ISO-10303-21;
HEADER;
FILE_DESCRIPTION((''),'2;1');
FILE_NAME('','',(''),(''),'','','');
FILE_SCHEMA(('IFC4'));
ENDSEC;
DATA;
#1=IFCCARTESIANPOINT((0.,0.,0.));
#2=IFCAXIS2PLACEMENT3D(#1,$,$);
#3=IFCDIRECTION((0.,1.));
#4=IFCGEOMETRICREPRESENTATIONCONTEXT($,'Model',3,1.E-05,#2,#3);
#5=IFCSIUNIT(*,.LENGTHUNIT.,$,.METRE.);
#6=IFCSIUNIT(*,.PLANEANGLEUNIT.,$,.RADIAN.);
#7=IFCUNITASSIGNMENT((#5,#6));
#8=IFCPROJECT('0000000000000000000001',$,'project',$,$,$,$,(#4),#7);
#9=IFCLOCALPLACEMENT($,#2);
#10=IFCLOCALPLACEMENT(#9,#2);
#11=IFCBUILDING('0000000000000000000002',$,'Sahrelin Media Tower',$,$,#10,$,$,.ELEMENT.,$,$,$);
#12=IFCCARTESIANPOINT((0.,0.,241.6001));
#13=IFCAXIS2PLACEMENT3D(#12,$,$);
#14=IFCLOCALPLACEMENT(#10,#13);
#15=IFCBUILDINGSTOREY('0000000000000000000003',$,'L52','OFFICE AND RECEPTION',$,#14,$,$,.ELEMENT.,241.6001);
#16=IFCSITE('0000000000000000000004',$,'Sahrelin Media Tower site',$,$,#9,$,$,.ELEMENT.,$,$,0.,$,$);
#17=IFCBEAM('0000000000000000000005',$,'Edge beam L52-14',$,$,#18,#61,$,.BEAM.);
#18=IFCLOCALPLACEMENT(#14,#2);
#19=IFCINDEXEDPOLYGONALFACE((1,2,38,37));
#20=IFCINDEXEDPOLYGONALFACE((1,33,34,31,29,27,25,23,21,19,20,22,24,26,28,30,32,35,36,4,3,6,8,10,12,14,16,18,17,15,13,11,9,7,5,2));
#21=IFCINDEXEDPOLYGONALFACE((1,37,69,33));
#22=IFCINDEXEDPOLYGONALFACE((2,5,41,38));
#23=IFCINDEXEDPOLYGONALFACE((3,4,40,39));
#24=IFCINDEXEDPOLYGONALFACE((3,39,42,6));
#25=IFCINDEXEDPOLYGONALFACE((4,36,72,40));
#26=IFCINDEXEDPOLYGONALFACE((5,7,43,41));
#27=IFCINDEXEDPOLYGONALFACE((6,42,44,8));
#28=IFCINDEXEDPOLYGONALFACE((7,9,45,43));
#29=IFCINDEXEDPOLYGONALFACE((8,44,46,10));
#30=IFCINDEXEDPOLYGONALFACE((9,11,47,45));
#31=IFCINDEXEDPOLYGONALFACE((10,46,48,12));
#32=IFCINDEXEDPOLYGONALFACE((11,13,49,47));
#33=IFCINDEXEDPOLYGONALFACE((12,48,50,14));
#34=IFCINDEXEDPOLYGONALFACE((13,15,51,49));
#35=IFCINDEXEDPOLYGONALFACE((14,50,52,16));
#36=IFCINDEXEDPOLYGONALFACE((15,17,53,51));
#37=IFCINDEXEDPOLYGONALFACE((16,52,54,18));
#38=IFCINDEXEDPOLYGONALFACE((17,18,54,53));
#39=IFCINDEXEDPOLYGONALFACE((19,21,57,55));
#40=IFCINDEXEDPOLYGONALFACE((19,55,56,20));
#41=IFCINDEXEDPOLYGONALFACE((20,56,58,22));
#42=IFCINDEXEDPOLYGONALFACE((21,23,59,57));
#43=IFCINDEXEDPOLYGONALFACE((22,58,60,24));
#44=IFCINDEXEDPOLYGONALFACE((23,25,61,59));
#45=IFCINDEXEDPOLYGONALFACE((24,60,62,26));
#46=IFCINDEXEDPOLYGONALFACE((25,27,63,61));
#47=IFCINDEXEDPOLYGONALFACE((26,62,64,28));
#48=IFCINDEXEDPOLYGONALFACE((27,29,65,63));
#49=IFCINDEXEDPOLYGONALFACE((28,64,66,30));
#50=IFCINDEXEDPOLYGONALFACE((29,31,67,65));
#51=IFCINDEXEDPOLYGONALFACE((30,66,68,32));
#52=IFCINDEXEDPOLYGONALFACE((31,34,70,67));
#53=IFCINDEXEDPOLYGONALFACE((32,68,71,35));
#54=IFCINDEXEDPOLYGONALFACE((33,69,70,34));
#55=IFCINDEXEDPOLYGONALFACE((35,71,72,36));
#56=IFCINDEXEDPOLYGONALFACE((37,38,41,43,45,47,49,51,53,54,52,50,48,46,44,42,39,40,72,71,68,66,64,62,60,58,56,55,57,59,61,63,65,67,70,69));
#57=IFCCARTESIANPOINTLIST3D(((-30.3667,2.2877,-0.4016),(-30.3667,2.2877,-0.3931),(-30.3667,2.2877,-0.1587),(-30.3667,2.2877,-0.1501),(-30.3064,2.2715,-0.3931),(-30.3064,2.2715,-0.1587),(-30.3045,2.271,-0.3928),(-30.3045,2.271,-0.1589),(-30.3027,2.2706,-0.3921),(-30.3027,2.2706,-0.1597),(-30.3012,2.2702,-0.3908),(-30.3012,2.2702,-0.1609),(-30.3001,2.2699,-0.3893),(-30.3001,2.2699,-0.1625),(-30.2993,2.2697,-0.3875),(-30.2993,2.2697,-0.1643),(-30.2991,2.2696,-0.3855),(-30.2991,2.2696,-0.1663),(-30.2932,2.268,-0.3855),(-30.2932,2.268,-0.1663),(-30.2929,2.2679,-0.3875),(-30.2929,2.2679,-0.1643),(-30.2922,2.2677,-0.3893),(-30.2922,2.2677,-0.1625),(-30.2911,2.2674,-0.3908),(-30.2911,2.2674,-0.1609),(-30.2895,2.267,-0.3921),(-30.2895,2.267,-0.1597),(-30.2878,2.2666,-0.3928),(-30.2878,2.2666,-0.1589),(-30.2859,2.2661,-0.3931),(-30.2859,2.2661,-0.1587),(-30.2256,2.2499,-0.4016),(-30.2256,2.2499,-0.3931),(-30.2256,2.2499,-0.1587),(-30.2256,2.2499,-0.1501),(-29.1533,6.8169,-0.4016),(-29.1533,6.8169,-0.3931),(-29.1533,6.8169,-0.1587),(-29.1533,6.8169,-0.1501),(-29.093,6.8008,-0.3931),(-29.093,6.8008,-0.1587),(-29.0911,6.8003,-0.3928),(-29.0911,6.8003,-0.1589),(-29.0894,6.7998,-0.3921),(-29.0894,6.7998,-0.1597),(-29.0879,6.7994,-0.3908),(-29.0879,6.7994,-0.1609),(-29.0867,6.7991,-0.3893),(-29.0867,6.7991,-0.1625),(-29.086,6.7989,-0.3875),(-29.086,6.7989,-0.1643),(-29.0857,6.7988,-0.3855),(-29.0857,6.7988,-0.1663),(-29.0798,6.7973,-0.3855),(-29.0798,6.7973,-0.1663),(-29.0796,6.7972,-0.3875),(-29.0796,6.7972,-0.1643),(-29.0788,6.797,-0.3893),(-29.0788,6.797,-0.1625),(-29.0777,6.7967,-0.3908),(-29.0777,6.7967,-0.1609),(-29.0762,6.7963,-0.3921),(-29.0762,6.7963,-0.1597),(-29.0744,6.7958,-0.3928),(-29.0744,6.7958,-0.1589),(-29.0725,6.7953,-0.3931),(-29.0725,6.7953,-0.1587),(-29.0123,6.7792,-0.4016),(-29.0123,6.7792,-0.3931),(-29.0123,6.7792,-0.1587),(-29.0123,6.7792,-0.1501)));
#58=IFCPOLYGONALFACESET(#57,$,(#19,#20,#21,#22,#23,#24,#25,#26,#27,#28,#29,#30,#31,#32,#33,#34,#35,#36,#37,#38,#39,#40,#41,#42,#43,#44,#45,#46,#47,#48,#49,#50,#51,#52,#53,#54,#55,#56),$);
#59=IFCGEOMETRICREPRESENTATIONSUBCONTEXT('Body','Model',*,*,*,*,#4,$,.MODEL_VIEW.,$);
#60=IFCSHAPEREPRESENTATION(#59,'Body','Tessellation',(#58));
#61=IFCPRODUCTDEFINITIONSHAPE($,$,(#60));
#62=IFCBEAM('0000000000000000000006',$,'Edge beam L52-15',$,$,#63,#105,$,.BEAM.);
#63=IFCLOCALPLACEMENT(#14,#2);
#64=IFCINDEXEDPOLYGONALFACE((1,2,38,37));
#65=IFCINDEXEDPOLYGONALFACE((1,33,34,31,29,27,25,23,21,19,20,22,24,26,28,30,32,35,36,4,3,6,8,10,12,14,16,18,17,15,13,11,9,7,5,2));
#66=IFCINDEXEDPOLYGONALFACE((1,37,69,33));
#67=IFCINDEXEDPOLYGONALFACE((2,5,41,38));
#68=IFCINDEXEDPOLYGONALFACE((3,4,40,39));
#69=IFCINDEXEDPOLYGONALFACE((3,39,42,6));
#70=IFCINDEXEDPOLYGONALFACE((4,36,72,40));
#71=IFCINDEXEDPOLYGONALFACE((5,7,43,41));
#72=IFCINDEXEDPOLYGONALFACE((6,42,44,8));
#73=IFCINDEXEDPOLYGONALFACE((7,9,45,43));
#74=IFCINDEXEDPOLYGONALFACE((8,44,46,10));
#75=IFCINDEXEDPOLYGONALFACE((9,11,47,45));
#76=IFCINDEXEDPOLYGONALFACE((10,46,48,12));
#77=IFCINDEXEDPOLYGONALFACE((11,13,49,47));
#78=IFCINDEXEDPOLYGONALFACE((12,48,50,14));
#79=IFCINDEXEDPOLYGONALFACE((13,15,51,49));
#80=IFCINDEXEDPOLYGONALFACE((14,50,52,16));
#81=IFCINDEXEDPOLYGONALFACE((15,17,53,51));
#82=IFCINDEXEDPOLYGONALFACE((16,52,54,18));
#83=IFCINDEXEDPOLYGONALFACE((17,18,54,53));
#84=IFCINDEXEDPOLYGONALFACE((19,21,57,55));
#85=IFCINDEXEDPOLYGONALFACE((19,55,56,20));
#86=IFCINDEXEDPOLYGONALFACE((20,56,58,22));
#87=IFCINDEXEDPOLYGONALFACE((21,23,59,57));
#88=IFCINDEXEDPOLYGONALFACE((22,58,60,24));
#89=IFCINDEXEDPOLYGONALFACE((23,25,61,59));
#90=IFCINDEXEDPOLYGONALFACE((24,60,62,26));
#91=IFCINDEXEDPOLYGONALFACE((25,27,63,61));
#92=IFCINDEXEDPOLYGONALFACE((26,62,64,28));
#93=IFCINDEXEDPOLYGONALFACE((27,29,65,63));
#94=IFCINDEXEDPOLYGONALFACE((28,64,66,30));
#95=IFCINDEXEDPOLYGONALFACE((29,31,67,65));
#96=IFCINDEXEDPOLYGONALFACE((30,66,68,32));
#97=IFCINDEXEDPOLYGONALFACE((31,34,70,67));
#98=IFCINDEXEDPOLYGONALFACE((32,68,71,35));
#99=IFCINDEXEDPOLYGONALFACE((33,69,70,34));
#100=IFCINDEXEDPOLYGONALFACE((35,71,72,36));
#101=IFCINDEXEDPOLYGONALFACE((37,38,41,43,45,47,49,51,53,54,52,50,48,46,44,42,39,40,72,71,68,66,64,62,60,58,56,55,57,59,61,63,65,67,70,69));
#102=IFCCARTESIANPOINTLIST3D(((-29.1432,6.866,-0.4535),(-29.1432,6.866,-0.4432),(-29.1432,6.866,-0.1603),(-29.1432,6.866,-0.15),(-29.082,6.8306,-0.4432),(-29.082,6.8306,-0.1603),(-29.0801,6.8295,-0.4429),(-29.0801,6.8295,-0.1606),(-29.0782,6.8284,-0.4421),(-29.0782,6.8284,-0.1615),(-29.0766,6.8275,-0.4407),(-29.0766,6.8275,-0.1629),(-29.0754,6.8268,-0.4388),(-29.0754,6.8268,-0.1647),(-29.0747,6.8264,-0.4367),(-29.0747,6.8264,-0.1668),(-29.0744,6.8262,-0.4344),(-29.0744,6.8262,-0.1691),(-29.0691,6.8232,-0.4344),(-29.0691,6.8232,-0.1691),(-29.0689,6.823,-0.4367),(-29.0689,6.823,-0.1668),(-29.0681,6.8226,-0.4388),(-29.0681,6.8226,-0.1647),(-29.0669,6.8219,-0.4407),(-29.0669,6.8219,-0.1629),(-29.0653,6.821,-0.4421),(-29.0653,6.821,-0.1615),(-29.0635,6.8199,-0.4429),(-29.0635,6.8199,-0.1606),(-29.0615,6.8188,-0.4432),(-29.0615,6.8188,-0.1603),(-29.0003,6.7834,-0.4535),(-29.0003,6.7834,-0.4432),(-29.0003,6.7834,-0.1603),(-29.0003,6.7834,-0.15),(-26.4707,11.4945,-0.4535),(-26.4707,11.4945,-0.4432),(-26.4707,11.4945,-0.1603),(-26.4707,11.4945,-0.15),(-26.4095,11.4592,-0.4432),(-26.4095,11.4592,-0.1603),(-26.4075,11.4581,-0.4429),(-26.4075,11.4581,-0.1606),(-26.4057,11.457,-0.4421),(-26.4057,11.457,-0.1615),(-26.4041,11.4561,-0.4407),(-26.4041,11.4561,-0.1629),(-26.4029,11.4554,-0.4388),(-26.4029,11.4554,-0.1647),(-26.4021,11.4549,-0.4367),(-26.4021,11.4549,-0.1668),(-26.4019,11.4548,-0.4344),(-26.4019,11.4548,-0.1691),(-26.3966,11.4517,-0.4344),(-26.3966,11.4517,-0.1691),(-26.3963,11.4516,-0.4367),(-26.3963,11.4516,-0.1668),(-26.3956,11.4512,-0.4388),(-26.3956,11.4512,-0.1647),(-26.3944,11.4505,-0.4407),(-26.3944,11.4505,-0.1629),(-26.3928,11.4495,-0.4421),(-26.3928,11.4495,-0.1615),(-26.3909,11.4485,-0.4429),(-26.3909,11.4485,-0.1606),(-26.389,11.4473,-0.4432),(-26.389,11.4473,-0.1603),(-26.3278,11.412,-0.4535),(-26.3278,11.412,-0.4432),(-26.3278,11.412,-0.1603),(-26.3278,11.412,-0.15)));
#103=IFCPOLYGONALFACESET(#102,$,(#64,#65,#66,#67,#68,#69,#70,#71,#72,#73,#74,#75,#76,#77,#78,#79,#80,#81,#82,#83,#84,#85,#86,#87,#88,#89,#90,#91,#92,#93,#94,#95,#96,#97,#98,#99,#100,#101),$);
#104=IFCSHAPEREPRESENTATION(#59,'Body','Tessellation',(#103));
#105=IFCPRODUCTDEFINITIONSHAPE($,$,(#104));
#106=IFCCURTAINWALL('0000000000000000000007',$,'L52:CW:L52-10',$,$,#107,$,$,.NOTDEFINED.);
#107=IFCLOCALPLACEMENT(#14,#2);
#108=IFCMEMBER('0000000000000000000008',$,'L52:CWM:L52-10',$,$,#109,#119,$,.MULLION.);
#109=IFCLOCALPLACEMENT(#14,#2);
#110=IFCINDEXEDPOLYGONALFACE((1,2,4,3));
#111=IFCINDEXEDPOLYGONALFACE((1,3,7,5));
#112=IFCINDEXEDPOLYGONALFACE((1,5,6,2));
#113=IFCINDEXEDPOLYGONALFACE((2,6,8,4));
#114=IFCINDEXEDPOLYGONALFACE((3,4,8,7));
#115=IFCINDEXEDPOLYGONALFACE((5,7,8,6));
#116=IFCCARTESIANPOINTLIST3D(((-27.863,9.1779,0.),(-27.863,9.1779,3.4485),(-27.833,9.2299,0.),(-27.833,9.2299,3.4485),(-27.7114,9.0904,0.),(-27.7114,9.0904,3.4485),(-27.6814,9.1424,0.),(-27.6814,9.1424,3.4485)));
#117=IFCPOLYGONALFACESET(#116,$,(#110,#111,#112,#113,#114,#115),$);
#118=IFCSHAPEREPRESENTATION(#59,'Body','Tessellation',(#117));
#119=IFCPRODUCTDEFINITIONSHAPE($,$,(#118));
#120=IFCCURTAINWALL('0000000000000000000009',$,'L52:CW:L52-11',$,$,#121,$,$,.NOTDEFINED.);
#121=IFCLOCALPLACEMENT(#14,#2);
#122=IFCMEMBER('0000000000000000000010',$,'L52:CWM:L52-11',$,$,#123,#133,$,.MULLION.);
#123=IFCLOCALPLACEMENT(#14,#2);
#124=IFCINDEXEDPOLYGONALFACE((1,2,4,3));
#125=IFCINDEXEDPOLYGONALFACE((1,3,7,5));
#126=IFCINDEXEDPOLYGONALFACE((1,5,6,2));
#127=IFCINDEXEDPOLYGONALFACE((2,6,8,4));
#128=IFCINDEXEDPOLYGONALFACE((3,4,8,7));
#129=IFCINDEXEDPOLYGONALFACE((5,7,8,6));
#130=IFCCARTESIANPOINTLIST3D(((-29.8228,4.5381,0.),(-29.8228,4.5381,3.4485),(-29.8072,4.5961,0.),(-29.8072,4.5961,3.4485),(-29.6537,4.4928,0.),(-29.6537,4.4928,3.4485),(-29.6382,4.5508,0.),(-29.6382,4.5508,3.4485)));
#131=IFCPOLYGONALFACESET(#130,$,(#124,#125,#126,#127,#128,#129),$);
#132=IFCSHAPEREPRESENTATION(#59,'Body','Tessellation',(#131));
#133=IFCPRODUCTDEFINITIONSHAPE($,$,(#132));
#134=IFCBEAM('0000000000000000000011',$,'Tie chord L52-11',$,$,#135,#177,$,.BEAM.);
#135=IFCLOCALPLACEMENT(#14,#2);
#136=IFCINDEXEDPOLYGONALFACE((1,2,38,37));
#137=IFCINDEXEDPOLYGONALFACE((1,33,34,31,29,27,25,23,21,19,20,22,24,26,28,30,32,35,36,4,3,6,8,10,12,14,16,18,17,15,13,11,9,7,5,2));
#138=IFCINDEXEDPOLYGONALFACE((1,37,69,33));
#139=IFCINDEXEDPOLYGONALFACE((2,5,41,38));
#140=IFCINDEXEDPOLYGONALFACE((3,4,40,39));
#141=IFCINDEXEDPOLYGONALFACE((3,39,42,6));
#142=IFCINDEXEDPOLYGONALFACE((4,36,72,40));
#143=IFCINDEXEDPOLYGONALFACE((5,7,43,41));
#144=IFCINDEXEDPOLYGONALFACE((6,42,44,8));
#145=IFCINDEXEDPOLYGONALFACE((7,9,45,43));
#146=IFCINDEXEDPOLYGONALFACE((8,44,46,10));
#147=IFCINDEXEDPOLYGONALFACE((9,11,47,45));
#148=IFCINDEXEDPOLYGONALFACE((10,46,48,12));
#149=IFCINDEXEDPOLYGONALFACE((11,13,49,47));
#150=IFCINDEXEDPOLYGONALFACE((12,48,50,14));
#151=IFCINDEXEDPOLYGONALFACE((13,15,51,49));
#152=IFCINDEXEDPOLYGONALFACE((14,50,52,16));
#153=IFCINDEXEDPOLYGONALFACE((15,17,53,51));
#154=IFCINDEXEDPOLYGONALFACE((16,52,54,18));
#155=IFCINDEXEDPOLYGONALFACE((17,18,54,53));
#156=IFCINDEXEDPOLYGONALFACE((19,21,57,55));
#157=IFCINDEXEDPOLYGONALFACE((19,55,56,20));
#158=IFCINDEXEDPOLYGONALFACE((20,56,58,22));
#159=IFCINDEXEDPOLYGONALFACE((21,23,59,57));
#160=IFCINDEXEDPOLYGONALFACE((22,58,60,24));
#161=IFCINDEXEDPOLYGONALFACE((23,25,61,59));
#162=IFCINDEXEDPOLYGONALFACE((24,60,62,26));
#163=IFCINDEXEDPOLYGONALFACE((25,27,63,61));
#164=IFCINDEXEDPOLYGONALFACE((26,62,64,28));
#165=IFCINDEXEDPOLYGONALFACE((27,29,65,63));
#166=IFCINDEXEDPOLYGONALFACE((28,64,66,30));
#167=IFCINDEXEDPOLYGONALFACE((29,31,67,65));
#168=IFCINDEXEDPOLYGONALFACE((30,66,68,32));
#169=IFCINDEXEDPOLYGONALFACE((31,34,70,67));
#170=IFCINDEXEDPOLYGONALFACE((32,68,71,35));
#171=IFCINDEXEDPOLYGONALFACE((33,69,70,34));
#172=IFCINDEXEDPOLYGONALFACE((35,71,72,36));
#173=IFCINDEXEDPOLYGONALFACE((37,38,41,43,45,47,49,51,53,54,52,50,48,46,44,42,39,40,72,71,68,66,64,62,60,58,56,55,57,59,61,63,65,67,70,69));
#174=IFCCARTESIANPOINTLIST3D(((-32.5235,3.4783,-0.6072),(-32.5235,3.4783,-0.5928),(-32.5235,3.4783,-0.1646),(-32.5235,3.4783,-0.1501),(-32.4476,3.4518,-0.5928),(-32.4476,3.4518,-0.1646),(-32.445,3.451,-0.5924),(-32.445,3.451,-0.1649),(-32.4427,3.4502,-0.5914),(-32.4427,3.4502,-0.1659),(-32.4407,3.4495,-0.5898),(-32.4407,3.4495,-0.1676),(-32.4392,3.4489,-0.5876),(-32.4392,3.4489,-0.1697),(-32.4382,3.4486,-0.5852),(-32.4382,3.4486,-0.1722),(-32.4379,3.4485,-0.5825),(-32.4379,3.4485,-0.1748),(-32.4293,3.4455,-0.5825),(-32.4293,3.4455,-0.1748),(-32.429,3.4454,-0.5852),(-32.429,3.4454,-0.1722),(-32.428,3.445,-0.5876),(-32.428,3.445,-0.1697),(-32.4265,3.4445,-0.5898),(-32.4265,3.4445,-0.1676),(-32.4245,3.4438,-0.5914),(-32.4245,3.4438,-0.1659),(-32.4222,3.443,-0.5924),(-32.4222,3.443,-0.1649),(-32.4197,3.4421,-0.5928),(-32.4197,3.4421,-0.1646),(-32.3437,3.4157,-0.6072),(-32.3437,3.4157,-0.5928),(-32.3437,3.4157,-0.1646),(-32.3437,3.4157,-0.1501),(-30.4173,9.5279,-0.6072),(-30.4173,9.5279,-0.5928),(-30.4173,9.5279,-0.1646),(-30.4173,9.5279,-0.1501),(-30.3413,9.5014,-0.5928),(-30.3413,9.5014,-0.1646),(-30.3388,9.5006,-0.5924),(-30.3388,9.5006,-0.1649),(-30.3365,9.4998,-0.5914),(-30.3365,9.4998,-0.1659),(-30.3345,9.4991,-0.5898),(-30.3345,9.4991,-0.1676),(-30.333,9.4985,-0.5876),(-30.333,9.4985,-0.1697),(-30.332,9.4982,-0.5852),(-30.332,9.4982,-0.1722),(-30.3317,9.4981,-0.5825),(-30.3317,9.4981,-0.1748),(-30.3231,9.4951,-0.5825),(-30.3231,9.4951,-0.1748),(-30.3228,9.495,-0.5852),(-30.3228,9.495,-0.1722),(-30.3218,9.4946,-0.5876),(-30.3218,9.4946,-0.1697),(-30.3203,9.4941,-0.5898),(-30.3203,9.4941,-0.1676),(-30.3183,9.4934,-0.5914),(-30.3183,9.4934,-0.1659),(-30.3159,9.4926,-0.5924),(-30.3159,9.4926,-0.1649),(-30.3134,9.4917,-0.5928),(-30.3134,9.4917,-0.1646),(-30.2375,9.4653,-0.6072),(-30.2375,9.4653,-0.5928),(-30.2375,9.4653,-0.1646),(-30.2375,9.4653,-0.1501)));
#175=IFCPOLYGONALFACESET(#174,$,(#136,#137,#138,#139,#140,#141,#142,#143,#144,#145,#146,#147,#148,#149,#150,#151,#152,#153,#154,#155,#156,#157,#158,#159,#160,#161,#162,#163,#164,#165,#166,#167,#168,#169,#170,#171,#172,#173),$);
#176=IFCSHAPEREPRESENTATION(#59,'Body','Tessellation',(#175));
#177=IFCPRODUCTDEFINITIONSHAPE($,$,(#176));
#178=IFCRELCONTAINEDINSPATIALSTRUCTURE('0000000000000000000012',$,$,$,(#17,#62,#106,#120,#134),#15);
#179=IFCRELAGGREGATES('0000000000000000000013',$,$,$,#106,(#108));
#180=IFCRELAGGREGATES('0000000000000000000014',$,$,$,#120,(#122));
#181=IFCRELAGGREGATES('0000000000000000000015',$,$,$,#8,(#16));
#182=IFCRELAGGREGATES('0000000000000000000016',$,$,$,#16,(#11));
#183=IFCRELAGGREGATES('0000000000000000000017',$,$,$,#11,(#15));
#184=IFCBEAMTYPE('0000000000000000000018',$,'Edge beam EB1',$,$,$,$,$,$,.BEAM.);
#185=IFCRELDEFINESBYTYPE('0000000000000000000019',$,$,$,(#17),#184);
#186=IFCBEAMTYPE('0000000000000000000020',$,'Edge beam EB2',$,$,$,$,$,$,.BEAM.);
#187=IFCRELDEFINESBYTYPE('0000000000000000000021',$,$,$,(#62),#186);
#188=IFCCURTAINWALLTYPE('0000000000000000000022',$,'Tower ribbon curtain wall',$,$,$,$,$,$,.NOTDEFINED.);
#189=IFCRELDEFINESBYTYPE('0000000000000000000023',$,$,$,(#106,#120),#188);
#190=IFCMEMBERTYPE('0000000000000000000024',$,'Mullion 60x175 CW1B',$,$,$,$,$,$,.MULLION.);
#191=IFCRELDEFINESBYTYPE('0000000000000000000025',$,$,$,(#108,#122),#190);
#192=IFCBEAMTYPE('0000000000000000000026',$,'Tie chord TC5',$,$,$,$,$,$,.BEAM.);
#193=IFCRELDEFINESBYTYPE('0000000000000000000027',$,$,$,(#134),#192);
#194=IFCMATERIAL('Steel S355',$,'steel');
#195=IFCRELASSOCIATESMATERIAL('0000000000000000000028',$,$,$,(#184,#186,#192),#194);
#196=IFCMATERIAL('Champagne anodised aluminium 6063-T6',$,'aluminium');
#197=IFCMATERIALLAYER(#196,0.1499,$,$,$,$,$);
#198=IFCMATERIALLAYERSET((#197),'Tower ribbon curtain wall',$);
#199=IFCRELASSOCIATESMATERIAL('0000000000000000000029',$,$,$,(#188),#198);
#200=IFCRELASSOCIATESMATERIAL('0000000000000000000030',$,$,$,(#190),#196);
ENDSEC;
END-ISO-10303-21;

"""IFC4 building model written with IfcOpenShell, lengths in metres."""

from ifc_helpers import new_model, si_unit, direction, frame, origin, origin_2d, place, context, subcontext, project, spatial, rectangle, i_section, extrude, material, layer, layer_set, material_profile, profile_set, type_object, element, aggregate, save


model = new_model("IFC4")

# Units and contexts
model_context = context("Model", 3, precision=1e-05, world=origin(), true_north=direction((0.0, 1.0)))
body_context = subcontext(model_context, "Body", "Model", "MODEL_VIEW")
ifc_project = project(units=[si_unit("LENGTHUNIT", "METRE"), si_unit("PLANEANGLEUNIT", "RADIAN")], contexts=[model_context])

# Site, building, storey
site_placement = place(None, origin())
site = spatial("IfcSite", under=ifc_project, at=site_placement, Name="Sahrelin Media Tower site", CompositionType="ELEMENT", RefElevation=0.0)
building_placement = place(site_placement, origin())
building = spatial("IfcBuilding", under=site, at=building_placement, Name="Sahrelin Media Tower", CompositionType="ELEMENT")
storey_placement = place(building_placement, frame((0.0, 0.0, 241.6001)))
storey = spatial("IfcBuildingStorey", under=building, at=storey_placement, Name="L52", Description="OFFICE AND RECEPTION", CompositionType="ELEMENT", Elevation=241.6001)

# Beams
ifc_material_1 = material(Name="Steel S355", Category="steel")
ifc_material_profile_1 = material_profile(ifc_material_1, i_section(OverallWidth=0.146, OverallDepth=0.2515, WebThickness=0.0061, FlangeThickness=0.0085, FilletRadius=0.0076, at=origin_2d()), Name="UB 254x146x31")
ifc_profile_set_1 = profile_set([ifc_material_profile_1], Name="Steel S355")
beam_type_1 = type_object("IfcBeamType", Name="Edge beam EB1", PredefinedType="BEAM", material=ifc_profile_set_1)
beam_1_placement = place(storey_placement, frame((-30.2961, 2.2688, -0.2759), z_axis=(0.258771, 0.965939, 0.0), x_axis=(-0.965939, 0.258771, 0.0)))
element("IfcBeam", 1, at=beam_1_placement, inside=storey, type_object=beam_type_1, Name="Edge beam L52-14", PredefinedType="BEAM", context=body_context, shape_type="SweptSolid", body=[
    extrude(i_section(OverallWidth=0.146, OverallDepth=0.2515, WebThickness=0.0061, FlangeThickness=0.0085, FilletRadius=0.0076, at=origin_2d()), origin(), (0.0, 0.0, 1.0), 4.689),
])
ifc_material_profile_2 = material_profile(ifc_material_1, i_section(OverallWidth=0.165, OverallDepth=0.3035, WebThickness=0.0061, FlangeThickness=0.0103, FilletRadius=0.0088, at=origin_2d()), Name="UB 305x165x40")
ifc_profile_set_2 = profile_set([ifc_material_profile_2], Name="Steel S355")
beam_type_2 = type_object("IfcBeamType", Name="Edge beam EB2", PredefinedType="BEAM", material=ifc_profile_set_2)
beam_2_placement = place(storey_placement, frame((-29.0718, 6.8247, -0.3018), z_axis=(0.500035, 0.866005, 0.0), x_axis=(-0.866005, 0.500035, 0.0)))
element("IfcBeam", 2, at=beam_2_placement, inside=storey, type_object=beam_type_2, Name="Edge beam L52-15", PredefinedType="BEAM", context=body_context, shape_type="SweptSolid", body=[
    extrude(i_section(OverallWidth=0.165, OverallDepth=0.3035, WebThickness=0.0061, FlangeThickness=0.0103, FilletRadius=0.0088, at=origin_2d()), origin(), (0.0, 0.0, 1.0), 5.3447),
])

# Curtain walls, members
ifc_material_2 = material(Name="Champagne anodised aluminium 6063-T6", Category="aluminium")
ifc_layer_1 = layer(ifc_material_2, 0.1499)
ifc_layer_set_1 = layer_set([ifc_layer_1], Name="Tower ribbon curtain wall")
curtain_wall_type = type_object("IfcCurtainWallType", Name="Tower ribbon curtain wall", PredefinedType="NOTDEFINED", material=ifc_layer_set_1)
curtain_wall_1_placement = place(storey_placement, frame((-27.8652, 9.2141, 0.0), z_axis=(0.0, 0.0, 1.0), x_axis=(1.0, 0.0, 0.0)))
curtain_wall_1 = element("IfcCurtainWall", 3, at=curtain_wall_1_placement, inside=storey, type_object=curtain_wall_type, Name="L52:CW:L52-10", PredefinedType="NOTDEFINED")
ifc_material_profile_3 = material_profile(ifc_material_2, rectangle(XDim=0.0601, YDim=0.175, at=origin_2d()), Name="Mullion 60x175")
ifc_profile_set_3 = profile_set([ifc_material_profile_3], Name="Champagne anodised aluminium 6063-T6")
member_type_1 = type_object("IfcMemberType", Name="Mullion 60x175 CW1B", PredefinedType="MULLION", material=ifc_profile_set_3)
member_1_placement = place(storey_placement, frame((-27.7722, 9.1602, 0.0), z_axis=(0.0, 0.0, 1.0), x_axis=(-0.500009, -0.86602, 0.0)))
member_1 = element("IfcMember", 4, at=member_1_placement, type_object=member_type_1, Name="L52:CWM:L52-10", PredefinedType="MULLION", context=body_context, shape_type="SweptSolid", body=[
    extrude(rectangle(XDim=0.0601, YDim=0.175, at=origin_2d()), origin(), (0.0, 0.0, 1.0), 3.4485),
])
aggregate(curtain_wall_1, [member_1])
curtain_wall_2_placement = place(storey_placement, frame((-29.8342, 4.5723, 0.0), z_axis=(0.0, 0.0, 1.0), x_axis=(1.0, 0.0, 0.0)))
curtain_wall_2 = element("IfcCurtainWall", 5, at=curtain_wall_2_placement, inside=storey, type_object=curtain_wall_type, Name="L52:CW:L52-11", PredefinedType="NOTDEFINED")
member_2_placement = place(storey_placement, frame((-29.7305, 4.5444, 0.0), z_axis=(0.0, 0.0, 1.0), x_axis=(-0.258812, -0.965928, 0.0)))
member_2 = element("IfcMember", 6, at=member_2_placement, type_object=member_type_1, Name="L52:CWM:L52-11", PredefinedType="MULLION", context=body_context, shape_type="SweptSolid", body=[
    extrude(rectangle(XDim=0.0601, YDim=0.175, at=origin_2d()), origin(), (0.0, 0.0, 1.0), 3.4485),
])

# Beam
ifc_material_profile_4 = material_profile(ifc_material_1, i_section(OverallWidth=0.1904, OverallDepth=0.457, WebThickness=0.009, FlangeThickness=0.0144, FilletRadius=0.0103, at=origin_2d()), Name="UB 457x191x74")
ifc_profile_set_4 = profile_set([ifc_material_profile_4], Name="Steel S355")
beam_type_3 = type_object("IfcBeamType", Name="Tie chord TC5", PredefinedType="BEAM", material=ifc_profile_set_4)
beam_3_placement = place(storey_placement, frame((-30.3274, 9.4966, -0.3787), z_axis=(-0.3288, -0.9444, 0.0), x_axis=(0.9444, -0.3288, 0.0)))
element("IfcBeam", 7, at=beam_3_placement, inside=storey, type_object=beam_type_3, Name="Tie chord L52-11", PredefinedType="BEAM", context=body_context, shape_type="SweptSolid", body=[
    extrude(i_section(OverallWidth=0.1904, OverallDepth=0.457, WebThickness=0.009, FlangeThickness=0.0144, FilletRadius=0.0103, at=origin_2d()), origin(), (0.0, 0.0, 1.0), 6.4058),
])

aggregate(curtain_wall_2, [member_2])

save(model, "model.ifc")
